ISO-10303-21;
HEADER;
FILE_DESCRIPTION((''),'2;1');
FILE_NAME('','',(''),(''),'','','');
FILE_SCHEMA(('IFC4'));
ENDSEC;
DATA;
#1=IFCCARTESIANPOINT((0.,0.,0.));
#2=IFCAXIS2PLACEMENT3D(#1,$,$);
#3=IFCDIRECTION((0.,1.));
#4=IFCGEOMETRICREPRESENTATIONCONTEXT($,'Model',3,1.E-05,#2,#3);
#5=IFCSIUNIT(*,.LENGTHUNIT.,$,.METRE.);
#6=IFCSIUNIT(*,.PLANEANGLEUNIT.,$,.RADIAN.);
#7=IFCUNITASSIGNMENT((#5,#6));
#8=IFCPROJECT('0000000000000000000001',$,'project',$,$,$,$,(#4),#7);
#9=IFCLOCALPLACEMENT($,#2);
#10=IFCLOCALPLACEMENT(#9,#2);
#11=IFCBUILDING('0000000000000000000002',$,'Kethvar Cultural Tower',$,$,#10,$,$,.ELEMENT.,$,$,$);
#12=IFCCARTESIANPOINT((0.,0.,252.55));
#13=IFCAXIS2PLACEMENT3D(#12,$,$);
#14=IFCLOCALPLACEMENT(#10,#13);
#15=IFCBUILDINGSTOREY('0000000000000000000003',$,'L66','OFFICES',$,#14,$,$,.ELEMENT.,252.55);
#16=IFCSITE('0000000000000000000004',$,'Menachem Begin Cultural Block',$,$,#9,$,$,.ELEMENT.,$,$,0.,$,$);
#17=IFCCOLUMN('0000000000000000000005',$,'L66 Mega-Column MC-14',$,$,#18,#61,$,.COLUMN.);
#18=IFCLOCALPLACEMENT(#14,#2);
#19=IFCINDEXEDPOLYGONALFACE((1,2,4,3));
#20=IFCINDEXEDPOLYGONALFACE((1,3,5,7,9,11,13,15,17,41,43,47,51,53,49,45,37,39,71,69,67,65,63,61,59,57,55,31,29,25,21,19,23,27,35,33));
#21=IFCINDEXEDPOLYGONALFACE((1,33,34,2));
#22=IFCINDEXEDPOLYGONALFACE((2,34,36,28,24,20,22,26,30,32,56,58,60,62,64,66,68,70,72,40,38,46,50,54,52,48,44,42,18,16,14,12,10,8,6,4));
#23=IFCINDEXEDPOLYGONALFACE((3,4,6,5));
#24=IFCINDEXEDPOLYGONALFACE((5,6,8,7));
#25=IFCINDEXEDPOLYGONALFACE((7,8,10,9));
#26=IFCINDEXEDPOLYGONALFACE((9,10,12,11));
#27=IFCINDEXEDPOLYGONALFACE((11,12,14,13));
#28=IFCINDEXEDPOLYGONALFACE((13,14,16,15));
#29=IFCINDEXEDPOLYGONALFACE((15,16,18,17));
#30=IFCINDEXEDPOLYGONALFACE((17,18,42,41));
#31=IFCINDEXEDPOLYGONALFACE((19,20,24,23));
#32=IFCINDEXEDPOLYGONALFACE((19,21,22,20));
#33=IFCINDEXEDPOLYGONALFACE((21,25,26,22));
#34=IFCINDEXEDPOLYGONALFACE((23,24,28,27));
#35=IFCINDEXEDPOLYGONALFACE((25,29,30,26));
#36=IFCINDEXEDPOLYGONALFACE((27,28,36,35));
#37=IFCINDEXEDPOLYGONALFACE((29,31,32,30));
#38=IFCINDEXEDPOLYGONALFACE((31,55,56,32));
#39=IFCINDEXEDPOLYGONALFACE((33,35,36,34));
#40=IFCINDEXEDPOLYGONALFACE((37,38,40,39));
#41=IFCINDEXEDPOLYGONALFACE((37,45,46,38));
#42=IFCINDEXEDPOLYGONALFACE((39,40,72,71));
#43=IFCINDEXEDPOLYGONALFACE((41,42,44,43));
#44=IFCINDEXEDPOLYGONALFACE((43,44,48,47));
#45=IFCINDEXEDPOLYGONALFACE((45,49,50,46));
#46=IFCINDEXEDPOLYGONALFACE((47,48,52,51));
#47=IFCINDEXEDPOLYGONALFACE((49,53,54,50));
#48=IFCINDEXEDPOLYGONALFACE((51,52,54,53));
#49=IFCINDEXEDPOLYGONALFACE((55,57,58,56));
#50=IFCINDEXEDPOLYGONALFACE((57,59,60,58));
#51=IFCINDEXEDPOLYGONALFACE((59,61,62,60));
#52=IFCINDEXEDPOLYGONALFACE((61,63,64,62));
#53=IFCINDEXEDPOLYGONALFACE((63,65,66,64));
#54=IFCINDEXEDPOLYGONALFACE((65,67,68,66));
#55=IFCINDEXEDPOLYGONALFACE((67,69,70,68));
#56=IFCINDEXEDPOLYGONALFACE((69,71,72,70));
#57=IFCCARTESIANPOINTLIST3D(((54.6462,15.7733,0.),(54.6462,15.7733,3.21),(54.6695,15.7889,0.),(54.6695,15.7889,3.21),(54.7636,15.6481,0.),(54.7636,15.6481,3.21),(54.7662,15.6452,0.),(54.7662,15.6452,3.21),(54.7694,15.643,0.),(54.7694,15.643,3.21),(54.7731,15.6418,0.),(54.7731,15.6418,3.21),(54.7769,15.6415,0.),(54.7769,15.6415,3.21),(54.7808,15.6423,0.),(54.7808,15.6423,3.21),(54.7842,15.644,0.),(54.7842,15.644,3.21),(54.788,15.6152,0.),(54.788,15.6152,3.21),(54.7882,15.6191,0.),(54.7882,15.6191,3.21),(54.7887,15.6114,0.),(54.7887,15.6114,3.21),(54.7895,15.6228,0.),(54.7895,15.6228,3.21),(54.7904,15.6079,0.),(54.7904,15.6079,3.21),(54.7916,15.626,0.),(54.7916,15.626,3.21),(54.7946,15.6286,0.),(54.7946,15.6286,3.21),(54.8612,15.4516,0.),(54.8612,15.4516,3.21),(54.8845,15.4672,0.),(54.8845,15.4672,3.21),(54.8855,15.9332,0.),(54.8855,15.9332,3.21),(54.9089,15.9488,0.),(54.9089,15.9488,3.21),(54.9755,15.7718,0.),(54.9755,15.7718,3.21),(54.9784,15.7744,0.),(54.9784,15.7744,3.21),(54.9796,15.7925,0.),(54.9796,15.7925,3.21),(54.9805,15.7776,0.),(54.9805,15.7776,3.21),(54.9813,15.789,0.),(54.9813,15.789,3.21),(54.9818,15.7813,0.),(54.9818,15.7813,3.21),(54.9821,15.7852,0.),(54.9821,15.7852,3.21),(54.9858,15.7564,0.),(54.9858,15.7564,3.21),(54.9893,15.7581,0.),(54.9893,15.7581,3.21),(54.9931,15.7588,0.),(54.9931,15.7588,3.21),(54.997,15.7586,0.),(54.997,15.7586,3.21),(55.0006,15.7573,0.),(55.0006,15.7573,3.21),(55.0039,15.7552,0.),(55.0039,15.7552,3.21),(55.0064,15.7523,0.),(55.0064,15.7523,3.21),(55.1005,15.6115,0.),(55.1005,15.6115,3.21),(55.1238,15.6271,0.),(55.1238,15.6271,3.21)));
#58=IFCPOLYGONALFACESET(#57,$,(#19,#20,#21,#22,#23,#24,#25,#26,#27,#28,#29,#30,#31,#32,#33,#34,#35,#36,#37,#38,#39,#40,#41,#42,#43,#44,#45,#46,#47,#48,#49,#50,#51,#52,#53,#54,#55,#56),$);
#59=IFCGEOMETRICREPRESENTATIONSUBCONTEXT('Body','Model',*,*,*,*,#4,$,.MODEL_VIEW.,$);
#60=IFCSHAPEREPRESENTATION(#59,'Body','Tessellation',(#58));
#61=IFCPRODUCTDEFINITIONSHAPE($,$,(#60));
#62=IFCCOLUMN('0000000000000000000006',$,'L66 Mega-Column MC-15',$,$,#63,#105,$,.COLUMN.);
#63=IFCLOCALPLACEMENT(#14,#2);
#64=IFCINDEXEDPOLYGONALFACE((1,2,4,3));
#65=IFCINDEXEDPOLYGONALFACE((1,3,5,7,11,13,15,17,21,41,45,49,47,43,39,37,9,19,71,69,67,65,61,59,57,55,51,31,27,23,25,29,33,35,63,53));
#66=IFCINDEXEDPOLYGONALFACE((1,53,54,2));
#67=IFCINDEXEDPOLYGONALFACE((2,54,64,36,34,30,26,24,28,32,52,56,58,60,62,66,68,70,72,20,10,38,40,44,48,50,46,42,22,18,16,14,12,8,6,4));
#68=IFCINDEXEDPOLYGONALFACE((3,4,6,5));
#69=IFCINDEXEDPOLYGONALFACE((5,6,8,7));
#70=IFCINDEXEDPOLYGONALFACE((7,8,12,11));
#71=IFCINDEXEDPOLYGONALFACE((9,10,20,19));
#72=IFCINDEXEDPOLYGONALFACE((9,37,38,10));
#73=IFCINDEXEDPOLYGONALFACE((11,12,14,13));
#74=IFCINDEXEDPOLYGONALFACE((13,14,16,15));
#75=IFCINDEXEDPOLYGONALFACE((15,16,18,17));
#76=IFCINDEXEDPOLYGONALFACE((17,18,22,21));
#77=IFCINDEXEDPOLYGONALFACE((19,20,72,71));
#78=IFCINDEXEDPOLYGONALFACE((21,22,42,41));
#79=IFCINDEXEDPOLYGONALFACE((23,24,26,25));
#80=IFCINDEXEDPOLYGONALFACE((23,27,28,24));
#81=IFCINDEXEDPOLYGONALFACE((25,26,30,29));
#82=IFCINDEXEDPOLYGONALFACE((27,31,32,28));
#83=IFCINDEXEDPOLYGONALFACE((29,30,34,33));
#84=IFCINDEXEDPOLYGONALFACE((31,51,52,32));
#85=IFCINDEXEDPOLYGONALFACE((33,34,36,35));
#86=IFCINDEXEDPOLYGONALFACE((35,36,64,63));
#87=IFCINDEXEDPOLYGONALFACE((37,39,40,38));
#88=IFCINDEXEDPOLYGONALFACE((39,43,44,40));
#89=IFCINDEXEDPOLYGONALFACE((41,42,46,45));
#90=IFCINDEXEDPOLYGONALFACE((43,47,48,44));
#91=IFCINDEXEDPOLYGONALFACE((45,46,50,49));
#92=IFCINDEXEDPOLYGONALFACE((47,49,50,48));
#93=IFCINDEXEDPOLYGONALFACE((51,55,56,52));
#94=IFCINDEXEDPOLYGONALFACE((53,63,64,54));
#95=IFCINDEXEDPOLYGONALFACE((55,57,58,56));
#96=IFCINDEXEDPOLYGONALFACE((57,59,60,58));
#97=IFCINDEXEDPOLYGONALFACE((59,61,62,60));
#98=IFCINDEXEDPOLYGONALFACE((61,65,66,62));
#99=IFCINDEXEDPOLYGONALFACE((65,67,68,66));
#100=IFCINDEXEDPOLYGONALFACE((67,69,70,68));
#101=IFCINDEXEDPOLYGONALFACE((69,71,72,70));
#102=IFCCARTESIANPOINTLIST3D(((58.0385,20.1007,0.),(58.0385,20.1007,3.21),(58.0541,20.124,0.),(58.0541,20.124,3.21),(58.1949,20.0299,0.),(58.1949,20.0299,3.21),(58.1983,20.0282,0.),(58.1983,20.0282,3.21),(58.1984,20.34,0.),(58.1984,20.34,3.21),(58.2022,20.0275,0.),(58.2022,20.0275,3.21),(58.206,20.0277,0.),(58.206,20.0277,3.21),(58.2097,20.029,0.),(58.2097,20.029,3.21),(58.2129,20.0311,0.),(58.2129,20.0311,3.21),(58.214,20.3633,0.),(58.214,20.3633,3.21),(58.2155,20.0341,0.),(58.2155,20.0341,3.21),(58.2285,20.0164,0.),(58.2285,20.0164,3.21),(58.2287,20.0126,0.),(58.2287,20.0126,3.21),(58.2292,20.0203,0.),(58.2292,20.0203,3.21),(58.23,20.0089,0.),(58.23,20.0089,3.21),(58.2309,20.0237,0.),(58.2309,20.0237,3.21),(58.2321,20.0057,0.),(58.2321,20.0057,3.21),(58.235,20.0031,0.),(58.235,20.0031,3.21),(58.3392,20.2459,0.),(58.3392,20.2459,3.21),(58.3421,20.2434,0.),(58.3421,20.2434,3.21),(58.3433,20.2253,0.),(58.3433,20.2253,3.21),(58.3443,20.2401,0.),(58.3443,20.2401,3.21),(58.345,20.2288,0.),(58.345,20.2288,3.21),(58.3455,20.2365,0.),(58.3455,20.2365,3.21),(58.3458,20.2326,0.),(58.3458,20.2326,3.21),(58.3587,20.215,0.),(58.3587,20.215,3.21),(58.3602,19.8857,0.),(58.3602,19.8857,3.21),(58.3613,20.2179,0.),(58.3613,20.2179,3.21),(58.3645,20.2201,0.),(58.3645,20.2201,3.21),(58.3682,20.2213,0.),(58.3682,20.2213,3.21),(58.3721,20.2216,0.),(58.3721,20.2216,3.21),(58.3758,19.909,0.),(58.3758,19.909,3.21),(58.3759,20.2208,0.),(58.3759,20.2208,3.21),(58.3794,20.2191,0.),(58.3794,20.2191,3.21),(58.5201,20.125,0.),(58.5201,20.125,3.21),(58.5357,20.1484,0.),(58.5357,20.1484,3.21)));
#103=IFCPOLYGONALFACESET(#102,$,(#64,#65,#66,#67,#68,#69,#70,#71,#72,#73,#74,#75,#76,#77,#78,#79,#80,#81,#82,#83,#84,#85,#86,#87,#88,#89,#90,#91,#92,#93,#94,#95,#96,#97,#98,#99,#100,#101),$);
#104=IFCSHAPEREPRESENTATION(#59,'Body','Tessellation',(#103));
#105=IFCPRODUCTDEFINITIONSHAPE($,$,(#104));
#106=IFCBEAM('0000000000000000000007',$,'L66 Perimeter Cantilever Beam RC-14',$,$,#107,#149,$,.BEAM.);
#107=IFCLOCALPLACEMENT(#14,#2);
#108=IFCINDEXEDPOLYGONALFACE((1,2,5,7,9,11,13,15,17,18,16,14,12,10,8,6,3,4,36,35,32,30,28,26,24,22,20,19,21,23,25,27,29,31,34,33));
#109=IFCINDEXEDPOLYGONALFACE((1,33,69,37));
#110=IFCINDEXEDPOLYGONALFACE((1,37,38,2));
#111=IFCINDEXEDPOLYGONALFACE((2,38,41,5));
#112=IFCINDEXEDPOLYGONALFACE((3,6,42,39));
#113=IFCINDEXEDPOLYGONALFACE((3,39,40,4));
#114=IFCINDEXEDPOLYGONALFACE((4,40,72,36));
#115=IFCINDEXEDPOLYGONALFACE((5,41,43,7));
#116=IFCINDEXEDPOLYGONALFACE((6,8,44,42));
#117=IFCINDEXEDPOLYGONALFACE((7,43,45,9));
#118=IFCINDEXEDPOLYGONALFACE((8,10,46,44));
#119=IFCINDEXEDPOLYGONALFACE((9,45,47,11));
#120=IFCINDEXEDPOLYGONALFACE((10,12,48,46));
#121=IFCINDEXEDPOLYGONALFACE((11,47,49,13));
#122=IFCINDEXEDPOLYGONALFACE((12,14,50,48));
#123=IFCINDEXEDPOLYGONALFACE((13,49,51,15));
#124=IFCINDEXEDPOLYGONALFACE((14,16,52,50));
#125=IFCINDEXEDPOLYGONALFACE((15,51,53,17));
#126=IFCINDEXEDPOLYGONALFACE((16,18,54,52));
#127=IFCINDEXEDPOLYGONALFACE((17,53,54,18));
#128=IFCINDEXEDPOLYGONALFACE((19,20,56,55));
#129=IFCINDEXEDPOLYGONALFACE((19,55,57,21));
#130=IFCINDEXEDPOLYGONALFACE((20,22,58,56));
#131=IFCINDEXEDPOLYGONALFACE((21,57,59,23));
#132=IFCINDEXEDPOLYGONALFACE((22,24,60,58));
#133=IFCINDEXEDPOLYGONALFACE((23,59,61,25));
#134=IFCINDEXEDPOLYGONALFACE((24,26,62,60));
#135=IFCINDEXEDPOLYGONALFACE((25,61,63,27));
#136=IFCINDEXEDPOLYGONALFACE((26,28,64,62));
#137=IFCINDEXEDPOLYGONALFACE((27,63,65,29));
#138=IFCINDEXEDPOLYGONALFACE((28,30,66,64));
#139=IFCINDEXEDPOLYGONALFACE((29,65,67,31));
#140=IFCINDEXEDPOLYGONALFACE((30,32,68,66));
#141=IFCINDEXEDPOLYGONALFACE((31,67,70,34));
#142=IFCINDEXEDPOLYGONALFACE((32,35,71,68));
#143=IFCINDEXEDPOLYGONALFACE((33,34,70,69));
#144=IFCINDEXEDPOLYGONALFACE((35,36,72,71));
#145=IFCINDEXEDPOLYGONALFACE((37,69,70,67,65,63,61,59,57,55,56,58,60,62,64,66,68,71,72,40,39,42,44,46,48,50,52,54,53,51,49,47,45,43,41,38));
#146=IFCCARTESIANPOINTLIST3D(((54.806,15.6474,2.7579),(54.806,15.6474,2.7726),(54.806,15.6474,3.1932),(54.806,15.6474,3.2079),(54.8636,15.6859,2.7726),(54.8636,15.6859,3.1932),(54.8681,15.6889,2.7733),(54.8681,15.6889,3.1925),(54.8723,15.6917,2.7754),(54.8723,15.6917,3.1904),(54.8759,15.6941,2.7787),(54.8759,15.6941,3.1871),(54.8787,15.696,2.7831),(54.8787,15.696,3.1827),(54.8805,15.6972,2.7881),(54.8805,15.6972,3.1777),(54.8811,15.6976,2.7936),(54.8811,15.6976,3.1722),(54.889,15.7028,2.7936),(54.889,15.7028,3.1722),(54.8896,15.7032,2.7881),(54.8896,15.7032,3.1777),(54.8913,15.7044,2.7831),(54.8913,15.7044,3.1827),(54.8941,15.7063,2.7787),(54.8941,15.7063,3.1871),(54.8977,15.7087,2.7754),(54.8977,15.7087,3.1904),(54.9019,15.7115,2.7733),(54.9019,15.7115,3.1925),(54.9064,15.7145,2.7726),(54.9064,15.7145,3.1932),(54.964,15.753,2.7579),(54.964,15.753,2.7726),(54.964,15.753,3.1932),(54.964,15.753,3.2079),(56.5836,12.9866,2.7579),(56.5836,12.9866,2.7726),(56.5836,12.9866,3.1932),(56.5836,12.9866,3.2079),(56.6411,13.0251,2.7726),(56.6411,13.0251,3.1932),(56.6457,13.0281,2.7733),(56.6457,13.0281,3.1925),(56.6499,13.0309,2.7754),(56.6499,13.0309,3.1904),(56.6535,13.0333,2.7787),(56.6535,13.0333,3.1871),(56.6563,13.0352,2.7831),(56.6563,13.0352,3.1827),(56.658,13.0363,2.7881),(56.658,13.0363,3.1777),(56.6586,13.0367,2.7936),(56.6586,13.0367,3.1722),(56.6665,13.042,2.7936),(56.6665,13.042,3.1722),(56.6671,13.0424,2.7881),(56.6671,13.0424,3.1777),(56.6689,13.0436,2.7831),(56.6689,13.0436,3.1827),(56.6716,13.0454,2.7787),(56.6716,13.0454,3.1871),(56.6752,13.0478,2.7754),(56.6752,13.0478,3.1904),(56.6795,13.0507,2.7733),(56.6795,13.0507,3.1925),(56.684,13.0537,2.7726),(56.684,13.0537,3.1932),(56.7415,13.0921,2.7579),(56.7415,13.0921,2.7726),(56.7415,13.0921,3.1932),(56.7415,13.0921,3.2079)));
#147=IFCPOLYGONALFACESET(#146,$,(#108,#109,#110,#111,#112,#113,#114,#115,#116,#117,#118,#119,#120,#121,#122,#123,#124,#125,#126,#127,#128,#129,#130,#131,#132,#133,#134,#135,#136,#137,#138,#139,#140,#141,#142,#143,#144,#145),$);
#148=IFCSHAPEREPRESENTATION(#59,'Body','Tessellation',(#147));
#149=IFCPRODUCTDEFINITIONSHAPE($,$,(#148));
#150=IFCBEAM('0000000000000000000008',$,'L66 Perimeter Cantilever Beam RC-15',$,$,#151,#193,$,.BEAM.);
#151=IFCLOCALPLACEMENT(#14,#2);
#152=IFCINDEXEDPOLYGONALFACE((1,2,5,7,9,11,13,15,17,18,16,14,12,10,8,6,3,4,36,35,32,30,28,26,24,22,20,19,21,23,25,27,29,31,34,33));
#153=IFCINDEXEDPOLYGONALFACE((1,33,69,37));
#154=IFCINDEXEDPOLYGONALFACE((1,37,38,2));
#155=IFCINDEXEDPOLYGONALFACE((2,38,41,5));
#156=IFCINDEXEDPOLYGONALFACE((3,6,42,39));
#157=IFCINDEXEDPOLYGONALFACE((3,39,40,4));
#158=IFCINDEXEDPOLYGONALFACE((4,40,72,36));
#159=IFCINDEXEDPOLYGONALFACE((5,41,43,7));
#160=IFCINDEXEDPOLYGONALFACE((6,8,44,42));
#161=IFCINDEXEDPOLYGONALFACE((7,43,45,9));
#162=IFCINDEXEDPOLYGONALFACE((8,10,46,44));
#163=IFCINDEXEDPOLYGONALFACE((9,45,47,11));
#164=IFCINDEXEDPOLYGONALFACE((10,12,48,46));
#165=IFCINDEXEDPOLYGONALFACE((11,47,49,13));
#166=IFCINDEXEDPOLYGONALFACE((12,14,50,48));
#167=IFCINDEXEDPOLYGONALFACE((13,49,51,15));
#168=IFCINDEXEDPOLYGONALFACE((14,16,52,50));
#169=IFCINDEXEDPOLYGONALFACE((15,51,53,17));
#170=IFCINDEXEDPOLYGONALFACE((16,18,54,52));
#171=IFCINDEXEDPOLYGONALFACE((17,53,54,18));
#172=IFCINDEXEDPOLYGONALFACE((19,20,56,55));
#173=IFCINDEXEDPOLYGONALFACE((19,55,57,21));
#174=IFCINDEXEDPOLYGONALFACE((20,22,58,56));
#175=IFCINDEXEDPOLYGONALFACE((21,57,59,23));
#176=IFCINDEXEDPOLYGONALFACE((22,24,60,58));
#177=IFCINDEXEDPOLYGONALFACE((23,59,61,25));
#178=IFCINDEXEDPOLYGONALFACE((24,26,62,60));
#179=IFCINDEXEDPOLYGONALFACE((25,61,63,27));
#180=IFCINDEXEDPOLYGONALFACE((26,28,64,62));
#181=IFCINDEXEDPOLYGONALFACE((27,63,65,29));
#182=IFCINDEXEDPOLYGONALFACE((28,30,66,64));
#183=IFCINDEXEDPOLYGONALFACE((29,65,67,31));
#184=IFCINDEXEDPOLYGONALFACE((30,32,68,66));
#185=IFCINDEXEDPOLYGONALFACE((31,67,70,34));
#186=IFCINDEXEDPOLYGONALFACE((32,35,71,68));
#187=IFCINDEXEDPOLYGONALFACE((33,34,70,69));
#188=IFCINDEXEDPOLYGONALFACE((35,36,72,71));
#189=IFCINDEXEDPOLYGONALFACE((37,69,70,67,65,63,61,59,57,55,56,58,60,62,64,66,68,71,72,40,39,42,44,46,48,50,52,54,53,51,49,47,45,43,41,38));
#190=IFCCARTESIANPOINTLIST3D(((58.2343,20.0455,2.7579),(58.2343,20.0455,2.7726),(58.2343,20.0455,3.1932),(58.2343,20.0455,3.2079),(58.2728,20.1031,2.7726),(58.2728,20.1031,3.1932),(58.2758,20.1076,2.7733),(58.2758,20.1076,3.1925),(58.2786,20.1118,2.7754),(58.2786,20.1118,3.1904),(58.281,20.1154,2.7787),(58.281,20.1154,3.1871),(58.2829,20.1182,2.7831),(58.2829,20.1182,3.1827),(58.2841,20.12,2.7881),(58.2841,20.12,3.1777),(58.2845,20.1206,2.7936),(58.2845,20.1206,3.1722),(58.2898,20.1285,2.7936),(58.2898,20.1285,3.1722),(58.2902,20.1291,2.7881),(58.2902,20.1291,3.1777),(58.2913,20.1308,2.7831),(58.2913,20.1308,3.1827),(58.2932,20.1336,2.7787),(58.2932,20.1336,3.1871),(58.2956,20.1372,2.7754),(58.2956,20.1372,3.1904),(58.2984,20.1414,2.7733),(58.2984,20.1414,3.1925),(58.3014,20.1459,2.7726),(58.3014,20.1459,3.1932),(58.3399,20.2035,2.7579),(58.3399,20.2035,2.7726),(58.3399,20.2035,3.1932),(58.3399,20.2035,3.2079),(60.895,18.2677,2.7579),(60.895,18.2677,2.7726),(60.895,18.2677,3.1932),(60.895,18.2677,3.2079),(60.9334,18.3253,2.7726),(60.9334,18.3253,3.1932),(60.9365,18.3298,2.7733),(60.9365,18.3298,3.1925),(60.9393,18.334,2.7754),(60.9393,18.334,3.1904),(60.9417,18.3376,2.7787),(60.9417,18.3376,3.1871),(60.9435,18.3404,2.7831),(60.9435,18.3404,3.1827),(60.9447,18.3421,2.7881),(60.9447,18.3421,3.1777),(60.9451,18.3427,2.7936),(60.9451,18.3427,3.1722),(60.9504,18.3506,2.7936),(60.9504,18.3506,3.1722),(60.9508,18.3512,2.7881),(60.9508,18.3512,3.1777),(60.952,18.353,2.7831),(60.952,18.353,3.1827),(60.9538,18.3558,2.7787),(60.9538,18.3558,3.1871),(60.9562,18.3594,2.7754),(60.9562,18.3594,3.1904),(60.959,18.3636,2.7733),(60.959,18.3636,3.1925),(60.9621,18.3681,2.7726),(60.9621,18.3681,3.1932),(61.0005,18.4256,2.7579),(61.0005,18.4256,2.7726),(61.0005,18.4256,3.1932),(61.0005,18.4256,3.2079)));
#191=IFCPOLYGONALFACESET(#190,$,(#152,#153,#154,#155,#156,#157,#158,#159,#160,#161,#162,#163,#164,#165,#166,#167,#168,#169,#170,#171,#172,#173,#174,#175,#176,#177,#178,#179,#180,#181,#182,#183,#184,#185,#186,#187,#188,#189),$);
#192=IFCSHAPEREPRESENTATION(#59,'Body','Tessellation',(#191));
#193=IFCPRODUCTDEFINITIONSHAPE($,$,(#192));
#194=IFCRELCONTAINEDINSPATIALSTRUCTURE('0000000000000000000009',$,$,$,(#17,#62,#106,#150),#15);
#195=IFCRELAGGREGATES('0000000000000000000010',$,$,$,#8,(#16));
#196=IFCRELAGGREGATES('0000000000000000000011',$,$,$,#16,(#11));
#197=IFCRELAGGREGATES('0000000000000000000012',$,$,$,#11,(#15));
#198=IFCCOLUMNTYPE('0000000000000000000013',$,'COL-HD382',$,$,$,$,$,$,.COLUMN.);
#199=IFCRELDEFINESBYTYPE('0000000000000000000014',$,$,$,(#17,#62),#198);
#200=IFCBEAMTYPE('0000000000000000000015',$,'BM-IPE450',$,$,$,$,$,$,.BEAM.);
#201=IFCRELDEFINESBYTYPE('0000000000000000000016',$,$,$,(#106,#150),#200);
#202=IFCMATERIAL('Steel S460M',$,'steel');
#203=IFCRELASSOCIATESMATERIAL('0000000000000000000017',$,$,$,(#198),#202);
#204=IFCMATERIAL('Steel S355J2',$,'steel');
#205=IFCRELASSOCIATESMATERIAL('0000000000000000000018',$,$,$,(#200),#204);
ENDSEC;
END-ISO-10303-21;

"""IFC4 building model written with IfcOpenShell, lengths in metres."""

from ifc_helpers import new_model, si_unit, direction, frame, origin, origin_2d, place, context, subcontext, project, spatial, i_section, extrude, source, transform, mapped, material, material_profile, profile_set, type_object, element, save


model = new_model("IFC4")

# Units and contexts
model_context = context("Model", 3, precision=1e-05, world=origin(), true_north=direction((0.0, 1.0)))
body_context = subcontext(model_context, "Body", "Model", "MODEL_VIEW")
ifc_project = project(units=[si_unit("LENGTHUNIT", "METRE"), si_unit("PLANEANGLEUNIT", "RADIAN")], contexts=[model_context])

# Site, building, storey
site_placement = place(None, origin())
site = spatial("IfcSite", under=ifc_project, at=site_placement, Name="Menachem Begin Cultural Block", CompositionType="ELEMENT", RefElevation=0.0)
building_placement = place(site_placement, origin())
building = spatial("IfcBuilding", under=site, at=building_placement, Name="Kethvar Cultural Tower", CompositionType="ELEMENT")
storey_placement = place(building_placement, frame((0.0, 0.0, 252.55)))
storey = spatial("IfcBuildingStorey", under=building, at=storey_placement, Name="L66", Description="OFFICES", CompositionType="ELEMENT", Elevation=252.55)

# Columns
ifc_material_1 = material(Name="Steel S460M", Category="steel")
ifc_material_profile_1 = material_profile(ifc_material_1, i_section(OverallWidth=0.387, OverallDepth=0.3159, WebThickness=0.0186, FlangeThickness=0.0281, FilletRadius=0.0149, at=origin_2d()), Name="Steel S460M — HD400x382")
ifc_profile_set_1 = profile_set([ifc_material_profile_1], Name="Steel S460M — HD400x382")
column_type = type_object("IfcColumnType", Name="COL-HD382", PredefinedType="COLUMN", material=ifc_profile_set_1)
shared_shape_1 = source(origin(), body_context, "Body", "SweptSolid", [
    extrude(i_section(OverallWidth=0.387, OverallDepth=0.3159, WebThickness=0.0186, FlangeThickness=0.0281, FilletRadius=0.0149, at=origin_2d()), origin(), (0.0, 0.0, 1.0), 3.21),
])
for number, where, z_axis, x_axis, name in (
    (1, (54.885, 15.7002, 0.0), (0.0, 0.0, 1.0), (0.55557, -0.83147, 0.0), "L66 Mega-Column MC-14"),
    (2, (58.2871, 20.1245, 0.0), (0.0, 0.0, 1.0), (0.83147, -0.55557, 0.0), "L66 Mega-Column MC-15"),
):
    element("IfcColumn", number, at=place(storey_placement, frame(where, z_axis=z_axis, x_axis=x_axis)), inside=storey, type_object=column_type, Name=name, PredefinedType="COLUMN", context=body_context, shape_type="MappedRepresentation", body=[
        mapped(shared_shape_1, transform((0.0, 0.0, 0.0), scale=1.0)),
    ])

# Beams
ifc_material_2 = material(Name="Steel S355J2", Category="steel")
ifc_material_profile_2 = material_profile(ifc_material_2, i_section(OverallWidth=0.1899, OverallDepth=0.45, WebThickness=0.0095, FlangeThickness=0.0146, FilletRadius=0.021, at=origin_2d()), Name="Steel S355J2 — IPE450")
ifc_profile_set_2 = profile_set([ifc_material_profile_2], Name="Steel S355J2 — IPE450")
beam_type_1 = type_object("IfcBeamType", Name="BM-IPE450", PredefinedType="BEAM", material=ifc_profile_set_2)
shared_shape_2 = source(origin(), body_context, "Body", "SweptSolid", [
    extrude(i_section(OverallWidth=0.1899, OverallDepth=0.45, WebThickness=0.0095, FlangeThickness=0.0146, FilletRadius=0.021, at=origin_2d()), origin(), (0.0, 0.0, 1.0), 3.2),
])
for number, where, z_axis, x_axis, name in (
    (3, (54.885, 15.7002, 2.9829), (0.555492, -0.831522, 0.0), (0.831522, 0.555492, 0.0), "L66 Perimeter Cantilever Beam RC-14"),
    (4, (58.2871, 20.1245, 2.9829), (0.831463, -0.55558, 0.0), (0.55558, 0.831463, 0.0), "L66 Perimeter Cantilever Beam RC-15"),
):
    element("IfcBeam", number, at=place(storey_placement, frame(where, z_axis=z_axis, x_axis=x_axis)), inside=storey, type_object=beam_type_1, Name=name, PredefinedType="BEAM", context=body_context, shape_type="MappedRepresentation", body=[
        mapped(shared_shape_2, transform((0.0, 0.0, 0.0), scale=1.0)),
    ])

save(model, "model.ifc")
